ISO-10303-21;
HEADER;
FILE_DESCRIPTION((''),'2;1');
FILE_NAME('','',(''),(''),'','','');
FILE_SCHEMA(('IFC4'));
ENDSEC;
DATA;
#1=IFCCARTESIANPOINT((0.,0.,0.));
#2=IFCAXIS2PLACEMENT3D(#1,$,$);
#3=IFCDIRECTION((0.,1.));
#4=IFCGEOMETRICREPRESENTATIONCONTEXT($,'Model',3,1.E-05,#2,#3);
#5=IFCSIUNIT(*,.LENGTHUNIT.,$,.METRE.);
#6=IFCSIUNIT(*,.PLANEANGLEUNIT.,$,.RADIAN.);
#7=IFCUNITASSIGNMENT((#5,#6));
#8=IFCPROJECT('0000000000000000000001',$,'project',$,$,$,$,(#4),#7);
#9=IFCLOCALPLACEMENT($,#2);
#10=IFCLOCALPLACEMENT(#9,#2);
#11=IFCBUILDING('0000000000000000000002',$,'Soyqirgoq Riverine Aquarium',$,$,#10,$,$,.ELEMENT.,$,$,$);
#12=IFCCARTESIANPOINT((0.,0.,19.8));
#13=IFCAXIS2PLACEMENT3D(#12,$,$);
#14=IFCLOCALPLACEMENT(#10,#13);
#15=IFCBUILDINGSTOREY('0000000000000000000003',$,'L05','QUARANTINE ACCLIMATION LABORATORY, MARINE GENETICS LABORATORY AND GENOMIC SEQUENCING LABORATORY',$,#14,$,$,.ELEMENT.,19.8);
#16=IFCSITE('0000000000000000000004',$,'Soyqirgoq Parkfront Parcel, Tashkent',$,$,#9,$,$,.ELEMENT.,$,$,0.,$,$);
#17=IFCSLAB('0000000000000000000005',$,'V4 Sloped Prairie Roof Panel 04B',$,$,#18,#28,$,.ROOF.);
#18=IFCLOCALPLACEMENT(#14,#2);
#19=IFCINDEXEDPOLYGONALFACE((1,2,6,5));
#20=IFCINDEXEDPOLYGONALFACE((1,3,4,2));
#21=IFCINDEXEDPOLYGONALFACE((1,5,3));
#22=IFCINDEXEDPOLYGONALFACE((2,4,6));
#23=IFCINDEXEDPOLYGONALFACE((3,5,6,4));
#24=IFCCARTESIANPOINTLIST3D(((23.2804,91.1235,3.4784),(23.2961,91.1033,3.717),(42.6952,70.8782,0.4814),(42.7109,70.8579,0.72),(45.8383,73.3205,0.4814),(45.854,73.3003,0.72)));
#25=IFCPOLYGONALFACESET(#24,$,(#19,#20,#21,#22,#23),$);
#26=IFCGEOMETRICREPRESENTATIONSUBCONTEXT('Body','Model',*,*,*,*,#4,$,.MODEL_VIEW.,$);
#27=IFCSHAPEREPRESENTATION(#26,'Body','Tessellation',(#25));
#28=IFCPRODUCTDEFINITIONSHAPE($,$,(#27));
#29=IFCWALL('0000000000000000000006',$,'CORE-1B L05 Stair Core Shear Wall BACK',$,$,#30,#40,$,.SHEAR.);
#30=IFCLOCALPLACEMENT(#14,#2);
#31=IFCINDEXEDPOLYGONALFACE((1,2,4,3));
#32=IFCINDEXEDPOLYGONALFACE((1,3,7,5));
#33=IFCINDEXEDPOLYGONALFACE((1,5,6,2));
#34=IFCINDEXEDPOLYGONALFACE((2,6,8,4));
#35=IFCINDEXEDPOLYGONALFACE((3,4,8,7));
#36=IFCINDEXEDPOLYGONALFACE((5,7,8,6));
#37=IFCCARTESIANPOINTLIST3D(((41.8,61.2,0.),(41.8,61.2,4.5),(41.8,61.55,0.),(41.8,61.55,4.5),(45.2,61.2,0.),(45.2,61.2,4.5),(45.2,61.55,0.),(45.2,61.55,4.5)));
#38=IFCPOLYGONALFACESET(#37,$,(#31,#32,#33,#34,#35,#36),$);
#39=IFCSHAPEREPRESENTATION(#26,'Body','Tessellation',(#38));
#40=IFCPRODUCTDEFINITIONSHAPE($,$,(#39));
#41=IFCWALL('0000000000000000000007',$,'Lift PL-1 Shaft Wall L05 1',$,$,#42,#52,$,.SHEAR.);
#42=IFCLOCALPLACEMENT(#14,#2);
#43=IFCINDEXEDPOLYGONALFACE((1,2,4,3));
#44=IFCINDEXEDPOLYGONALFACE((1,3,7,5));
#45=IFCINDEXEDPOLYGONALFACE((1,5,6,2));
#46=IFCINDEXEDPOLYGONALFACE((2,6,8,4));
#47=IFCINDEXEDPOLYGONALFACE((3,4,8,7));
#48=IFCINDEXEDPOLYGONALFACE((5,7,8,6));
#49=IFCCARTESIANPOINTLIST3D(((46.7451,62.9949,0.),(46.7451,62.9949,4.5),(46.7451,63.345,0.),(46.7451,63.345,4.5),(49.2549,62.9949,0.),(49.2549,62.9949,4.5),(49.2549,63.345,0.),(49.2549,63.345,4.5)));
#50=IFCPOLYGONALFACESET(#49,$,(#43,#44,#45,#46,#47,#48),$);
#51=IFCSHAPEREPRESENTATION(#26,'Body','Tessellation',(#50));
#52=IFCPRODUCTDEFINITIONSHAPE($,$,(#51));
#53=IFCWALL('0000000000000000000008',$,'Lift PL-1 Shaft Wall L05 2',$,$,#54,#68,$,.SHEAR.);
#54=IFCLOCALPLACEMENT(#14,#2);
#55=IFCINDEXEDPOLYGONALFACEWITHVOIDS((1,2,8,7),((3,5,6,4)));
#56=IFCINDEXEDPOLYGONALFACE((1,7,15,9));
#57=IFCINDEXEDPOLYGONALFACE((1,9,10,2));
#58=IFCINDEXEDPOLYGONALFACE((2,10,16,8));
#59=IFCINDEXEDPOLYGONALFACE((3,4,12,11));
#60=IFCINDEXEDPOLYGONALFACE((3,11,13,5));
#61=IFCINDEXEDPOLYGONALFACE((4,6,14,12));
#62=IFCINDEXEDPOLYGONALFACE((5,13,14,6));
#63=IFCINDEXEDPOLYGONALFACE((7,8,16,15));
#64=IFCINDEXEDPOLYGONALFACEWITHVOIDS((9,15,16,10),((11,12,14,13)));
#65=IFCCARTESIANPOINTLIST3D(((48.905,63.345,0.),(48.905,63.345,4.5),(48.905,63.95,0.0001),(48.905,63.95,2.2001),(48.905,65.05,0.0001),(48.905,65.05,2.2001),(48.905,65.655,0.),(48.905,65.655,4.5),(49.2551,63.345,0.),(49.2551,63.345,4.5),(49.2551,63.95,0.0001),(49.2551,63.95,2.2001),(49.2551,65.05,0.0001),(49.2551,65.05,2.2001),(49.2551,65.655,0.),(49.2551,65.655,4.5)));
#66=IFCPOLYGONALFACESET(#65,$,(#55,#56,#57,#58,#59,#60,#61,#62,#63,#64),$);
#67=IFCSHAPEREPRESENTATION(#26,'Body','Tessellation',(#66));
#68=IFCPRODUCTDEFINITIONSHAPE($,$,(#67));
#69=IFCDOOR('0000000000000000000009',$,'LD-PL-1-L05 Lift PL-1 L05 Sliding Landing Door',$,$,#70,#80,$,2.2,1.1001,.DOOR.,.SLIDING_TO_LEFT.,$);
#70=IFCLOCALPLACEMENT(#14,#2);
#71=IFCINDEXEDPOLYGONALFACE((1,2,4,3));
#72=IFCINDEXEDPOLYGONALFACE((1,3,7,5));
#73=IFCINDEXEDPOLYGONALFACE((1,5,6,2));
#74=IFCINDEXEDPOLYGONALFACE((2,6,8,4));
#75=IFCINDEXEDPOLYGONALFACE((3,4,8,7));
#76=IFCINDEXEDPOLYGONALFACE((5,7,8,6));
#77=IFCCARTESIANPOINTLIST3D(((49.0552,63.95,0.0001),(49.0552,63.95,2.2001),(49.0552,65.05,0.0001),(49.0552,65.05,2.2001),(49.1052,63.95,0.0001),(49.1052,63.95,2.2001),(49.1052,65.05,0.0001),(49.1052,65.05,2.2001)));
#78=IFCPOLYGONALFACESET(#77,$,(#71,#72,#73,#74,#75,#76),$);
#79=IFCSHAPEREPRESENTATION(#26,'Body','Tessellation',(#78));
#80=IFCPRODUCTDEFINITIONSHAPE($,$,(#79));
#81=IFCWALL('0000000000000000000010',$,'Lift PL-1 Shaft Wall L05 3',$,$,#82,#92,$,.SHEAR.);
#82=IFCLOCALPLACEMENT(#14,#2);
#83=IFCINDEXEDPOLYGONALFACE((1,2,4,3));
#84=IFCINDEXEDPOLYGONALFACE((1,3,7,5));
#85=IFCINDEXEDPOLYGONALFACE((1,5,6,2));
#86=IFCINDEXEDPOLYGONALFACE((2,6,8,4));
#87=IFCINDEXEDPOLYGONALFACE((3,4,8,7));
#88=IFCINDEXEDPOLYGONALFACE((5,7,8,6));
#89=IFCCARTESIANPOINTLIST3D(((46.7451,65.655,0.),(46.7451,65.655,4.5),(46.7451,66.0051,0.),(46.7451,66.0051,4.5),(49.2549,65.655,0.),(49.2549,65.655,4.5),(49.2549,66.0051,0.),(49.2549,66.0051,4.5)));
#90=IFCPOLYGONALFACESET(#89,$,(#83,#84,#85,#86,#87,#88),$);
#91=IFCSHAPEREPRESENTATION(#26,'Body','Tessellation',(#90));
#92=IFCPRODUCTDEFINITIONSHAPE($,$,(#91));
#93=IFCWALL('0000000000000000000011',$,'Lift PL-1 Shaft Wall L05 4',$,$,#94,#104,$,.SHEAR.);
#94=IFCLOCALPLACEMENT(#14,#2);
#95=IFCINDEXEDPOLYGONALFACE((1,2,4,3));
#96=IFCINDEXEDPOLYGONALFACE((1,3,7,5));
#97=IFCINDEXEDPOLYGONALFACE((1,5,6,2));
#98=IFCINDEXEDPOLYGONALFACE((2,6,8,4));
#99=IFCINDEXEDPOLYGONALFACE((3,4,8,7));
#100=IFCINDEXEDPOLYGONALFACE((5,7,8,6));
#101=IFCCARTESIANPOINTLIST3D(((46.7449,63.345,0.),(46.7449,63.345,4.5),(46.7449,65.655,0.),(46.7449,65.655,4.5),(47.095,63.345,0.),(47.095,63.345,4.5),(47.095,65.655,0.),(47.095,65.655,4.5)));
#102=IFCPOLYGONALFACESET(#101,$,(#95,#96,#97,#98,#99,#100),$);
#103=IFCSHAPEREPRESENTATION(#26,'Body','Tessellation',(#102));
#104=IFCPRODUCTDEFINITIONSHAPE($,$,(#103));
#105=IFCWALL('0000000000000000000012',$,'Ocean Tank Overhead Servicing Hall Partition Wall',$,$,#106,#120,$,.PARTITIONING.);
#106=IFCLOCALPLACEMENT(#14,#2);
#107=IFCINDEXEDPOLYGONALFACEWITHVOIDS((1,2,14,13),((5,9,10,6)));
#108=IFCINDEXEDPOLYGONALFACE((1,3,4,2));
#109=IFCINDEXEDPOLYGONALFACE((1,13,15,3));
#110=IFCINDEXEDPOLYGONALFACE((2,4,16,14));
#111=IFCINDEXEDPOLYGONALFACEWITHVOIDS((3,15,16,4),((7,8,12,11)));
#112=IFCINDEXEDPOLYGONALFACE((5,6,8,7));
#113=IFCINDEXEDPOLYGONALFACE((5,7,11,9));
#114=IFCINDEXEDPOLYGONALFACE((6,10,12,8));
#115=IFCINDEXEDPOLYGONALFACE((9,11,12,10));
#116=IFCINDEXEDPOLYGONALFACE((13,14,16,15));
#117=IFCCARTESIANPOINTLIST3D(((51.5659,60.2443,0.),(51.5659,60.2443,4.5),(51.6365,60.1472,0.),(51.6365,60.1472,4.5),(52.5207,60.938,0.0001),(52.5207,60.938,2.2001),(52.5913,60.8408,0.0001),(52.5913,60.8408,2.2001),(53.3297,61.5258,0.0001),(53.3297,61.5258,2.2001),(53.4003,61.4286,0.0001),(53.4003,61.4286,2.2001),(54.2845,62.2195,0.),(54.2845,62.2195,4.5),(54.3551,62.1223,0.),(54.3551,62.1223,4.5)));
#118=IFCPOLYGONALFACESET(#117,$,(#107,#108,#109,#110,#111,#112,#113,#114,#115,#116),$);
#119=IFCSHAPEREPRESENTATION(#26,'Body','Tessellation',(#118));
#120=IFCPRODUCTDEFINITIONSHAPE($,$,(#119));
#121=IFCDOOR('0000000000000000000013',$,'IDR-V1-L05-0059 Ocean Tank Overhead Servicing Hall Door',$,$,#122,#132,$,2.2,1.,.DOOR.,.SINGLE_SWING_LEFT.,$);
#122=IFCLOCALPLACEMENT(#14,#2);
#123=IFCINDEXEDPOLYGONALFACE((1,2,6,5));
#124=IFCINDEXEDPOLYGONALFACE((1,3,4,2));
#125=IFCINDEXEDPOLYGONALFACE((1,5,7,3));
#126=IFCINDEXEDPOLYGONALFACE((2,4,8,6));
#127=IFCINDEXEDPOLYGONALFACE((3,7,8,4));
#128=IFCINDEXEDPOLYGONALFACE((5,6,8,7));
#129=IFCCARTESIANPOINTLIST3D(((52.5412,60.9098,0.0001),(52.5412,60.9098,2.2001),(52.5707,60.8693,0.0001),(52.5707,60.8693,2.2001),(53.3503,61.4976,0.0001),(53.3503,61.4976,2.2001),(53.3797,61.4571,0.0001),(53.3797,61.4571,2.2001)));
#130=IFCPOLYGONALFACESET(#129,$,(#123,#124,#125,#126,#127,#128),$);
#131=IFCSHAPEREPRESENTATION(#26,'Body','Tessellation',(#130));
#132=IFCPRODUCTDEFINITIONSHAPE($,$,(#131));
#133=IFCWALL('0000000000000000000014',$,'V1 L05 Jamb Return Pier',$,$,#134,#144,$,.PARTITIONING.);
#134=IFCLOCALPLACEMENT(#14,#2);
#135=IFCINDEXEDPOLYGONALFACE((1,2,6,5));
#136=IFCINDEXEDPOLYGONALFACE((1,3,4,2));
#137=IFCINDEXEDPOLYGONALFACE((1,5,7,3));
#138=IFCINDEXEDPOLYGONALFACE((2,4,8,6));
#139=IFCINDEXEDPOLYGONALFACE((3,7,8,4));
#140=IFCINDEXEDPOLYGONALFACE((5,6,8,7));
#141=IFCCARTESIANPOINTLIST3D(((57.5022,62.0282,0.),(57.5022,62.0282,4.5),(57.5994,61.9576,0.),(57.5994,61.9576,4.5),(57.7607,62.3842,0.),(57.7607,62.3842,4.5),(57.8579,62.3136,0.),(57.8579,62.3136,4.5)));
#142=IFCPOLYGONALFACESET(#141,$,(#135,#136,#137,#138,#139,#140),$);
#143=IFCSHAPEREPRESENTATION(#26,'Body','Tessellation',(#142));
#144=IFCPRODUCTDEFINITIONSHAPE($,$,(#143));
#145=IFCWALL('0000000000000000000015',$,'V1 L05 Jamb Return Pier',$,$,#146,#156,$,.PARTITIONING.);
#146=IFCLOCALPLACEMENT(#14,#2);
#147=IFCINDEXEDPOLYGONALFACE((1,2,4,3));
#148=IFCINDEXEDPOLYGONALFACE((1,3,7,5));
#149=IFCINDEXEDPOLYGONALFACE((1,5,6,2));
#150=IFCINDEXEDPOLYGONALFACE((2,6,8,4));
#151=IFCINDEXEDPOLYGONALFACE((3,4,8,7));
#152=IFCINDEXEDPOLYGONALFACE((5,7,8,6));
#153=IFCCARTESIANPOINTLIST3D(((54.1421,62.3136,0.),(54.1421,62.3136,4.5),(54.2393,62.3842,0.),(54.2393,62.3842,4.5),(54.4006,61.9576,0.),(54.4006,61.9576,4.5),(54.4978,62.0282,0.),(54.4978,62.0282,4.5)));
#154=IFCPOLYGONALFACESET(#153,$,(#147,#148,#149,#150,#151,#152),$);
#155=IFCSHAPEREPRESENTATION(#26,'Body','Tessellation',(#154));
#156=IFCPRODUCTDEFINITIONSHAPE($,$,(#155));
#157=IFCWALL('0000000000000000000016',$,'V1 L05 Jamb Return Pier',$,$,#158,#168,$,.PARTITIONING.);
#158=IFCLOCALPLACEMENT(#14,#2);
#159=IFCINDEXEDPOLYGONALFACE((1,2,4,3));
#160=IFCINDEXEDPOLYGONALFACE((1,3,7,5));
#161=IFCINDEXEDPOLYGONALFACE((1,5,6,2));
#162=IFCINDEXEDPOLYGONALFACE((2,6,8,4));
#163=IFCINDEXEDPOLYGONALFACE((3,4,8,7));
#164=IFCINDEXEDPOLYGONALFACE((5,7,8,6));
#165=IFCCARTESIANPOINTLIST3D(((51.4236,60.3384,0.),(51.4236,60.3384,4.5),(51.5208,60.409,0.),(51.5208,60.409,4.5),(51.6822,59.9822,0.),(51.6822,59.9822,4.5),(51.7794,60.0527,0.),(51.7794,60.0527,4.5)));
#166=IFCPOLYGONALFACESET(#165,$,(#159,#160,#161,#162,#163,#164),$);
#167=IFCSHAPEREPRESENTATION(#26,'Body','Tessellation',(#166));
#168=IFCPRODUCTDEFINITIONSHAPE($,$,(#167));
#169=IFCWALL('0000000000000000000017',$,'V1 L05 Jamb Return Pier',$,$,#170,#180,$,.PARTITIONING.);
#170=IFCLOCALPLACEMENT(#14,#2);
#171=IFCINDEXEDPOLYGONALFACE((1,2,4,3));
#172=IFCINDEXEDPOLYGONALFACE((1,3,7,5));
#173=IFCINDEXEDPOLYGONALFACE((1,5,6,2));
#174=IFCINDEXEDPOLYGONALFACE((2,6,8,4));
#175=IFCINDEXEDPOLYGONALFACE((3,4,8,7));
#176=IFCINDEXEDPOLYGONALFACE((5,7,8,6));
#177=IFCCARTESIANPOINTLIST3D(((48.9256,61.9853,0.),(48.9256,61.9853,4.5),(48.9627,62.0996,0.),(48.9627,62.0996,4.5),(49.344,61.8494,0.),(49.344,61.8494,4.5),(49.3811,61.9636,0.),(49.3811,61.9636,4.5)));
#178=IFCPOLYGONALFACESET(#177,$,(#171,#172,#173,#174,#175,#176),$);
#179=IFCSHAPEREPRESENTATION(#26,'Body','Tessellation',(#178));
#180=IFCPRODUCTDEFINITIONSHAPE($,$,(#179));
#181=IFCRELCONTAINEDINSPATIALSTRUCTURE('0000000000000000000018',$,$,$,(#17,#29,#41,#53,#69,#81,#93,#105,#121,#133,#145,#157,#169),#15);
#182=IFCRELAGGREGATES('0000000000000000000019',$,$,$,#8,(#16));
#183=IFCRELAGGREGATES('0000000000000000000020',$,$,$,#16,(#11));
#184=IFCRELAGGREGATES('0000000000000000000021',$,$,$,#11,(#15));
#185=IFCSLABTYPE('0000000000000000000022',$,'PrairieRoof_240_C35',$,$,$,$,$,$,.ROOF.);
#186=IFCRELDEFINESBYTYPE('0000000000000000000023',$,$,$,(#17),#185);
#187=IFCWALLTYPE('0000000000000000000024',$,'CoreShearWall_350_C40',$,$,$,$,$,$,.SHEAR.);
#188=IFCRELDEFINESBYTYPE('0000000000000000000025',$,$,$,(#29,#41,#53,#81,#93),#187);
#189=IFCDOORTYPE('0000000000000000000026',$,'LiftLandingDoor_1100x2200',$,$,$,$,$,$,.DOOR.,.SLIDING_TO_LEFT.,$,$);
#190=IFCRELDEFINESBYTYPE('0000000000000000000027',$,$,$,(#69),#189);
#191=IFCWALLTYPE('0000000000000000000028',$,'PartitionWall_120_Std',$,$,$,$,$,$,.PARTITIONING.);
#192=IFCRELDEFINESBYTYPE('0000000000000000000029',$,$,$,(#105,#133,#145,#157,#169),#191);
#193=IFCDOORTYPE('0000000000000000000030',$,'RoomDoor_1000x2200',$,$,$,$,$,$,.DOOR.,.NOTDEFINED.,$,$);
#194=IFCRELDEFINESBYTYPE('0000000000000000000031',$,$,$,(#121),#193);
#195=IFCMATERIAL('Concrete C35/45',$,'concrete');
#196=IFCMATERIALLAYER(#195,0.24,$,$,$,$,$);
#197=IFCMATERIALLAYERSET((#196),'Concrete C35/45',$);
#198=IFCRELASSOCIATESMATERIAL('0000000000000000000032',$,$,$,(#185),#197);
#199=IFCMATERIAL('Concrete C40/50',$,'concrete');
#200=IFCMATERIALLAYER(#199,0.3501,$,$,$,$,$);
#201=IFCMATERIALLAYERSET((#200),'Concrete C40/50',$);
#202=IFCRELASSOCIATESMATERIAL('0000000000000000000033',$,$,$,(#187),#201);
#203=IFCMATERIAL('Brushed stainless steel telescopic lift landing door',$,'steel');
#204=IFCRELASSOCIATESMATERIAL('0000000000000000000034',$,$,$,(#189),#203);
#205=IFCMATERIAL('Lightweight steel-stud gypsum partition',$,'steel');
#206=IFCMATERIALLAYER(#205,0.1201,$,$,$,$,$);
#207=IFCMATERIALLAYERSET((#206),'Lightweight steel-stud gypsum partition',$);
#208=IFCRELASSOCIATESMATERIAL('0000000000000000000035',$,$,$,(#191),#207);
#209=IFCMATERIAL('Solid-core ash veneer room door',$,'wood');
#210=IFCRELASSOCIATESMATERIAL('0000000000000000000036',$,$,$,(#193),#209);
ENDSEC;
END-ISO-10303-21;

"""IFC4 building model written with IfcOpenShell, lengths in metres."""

from ifc_helpers import new_model, si_unit, direction, frame, frame_2d, origin, place, context, subcontext, project, spatial, polyline, rectangle, outline, extrude, material, layer, layer_set, type_object, element, fill, save


model = new_model("IFC4")

# Units and contexts
model_context = context("Model", 3, precision=1e-05, world=origin(), true_north=direction((0.0, 1.0)))
body_context = subcontext(model_context, "Body", "Model", "MODEL_VIEW")
ifc_project = project(units=[si_unit("LENGTHUNIT", "METRE"), si_unit("PLANEANGLEUNIT", "RADIAN")], contexts=[model_context])

# Site, building, storey
site_placement = place(None, origin())
site = spatial("IfcSite", under=ifc_project, at=site_placement, Name="Soyqirgoq Parkfront Parcel, Tashkent", CompositionType="ELEMENT", RefElevation=0.0)
building_placement = place(site_placement, origin())
building = spatial("IfcBuilding", under=site, at=building_placement, Name="Soyqirgoq Riverine Aquarium", CompositionType="ELEMENT")
storey_placement = place(building_placement, frame((0.0, 0.0, 19.8)))
storey = spatial("IfcBuildingStorey", under=building, at=storey_placement, Name="L05", Description="QUARANTINE ACCLIMATION LABORATORY, MARINE GENETICS LABORATORY AND GENOMIC SEQUENCING LABORATORY", CompositionType="ELEMENT", Elevation=19.8)

# Slab
ifc_material_1 = material(Name="Concrete C35/45", Category="concrete")
ifc_layer_1 = layer(ifc_material_1, 0.24)
ifc_layer_set_1 = layer_set([ifc_layer_1], Name="Concrete C35/45")
slab_type = type_object("IfcSlabType", Name="PrairieRoof_240_C35", PredefinedType="ROOF", material=ifc_layer_set_1)
slab_1_placement = place(storey_placement, frame((45.854, 73.3003, 0.72), z_axis=(0.065539, -0.084341, 0.994279), x_axis=(-0.780747, 0.616177, 0.103731)))
element("IfcSlab", 1, at=slab_1_placement, inside=storey, type_object=slab_type, Name="V4 Sloped Prairie Roof Panel 04B", PredefinedType="ROOF", context=body_context, shape_type="SweptSolid", body=[
    extrude(outline(polyline([(0.0, 0.0), (28.8927, 0.0), (0.949, 3.8657), (0.0, 0.0)])), origin(), (0.0, 0.0, -1.0), 0.24),
])

# Walls
ifc_material_2 = material(Name="Concrete C40/50", Category="concrete")
ifc_layer_2 = layer(ifc_material_2, 0.3501)
ifc_layer_set_2 = layer_set([ifc_layer_2], Name="Concrete C40/50")
wall_type_1 = type_object("IfcWallType", Name="CoreShearWall_350_C40", PredefinedType="SHEAR", material=ifc_layer_set_2)
wall_1_placement = place(storey_placement, frame((45.2, 61.375, 0.0), z_axis=(0.0, 0.0, 1.0), x_axis=(-1.0, 0.0, 0.0)))
element("IfcWall", 2, at=wall_1_placement, inside=storey, type_object=wall_type_1, Name="CORE-1B L05 Stair Core Shear Wall BACK", PredefinedType="SHEAR", context=body_context, shape_type="SweptSolid", body=[
    extrude(rectangle(XDim=3.3999, YDim=0.3501, at=frame_2d((1.7, 0.0))), origin(), (0.0, 0.0, 1.0), 4.5),
])
wall_2_placement = place(storey_placement, frame((46.7451, 63.1699, 0.0), z_axis=(0.0, 0.0, 1.0), x_axis=(1.0, 0.0, 0.0)))
element("IfcWall", 3, at=wall_2_placement, inside=storey, type_object=wall_type_1, Name="Lift PL-1 Shaft Wall L05 1", PredefinedType="SHEAR", context=body_context, shape_type="SweptSolid", body=[
    extrude(rectangle(XDim=2.5098, YDim=0.3501, at=frame_2d((1.2549, 0.0))), origin(), (0.0, 0.0, 1.0), 4.5),
])

# Wall, opening, door
wall_3_placement = place(storey_placement, frame((49.0801, 63.345, 0.0), z_axis=(0.0, 0.0, 1.0), x_axis=(0.0, 1.0, 0.0)))
wall_3 = element("IfcWall", 4, at=wall_3_placement, inside=storey, type_object=wall_type_1, Name="Lift PL-1 Shaft Wall L05 2", PredefinedType="SHEAR", context=body_context, shape_type="SweptSolid", body=[
    extrude(rectangle(XDim=2.3101, YDim=0.3501, at=frame_2d((1.155, 0.0))), origin(), (0.0, 0.0, 1.0), 4.5),
])
opening_1_placement = place(wall_3_placement, frame((0.605, 0.0, 0.0)))
opening_1 = element("IfcOpeningElement", 5, at=opening_1_placement, cuts=wall_3, PredefinedType="OPENING", context=body_context, shape_type="SweptSolid", body=[
    extrude(rectangle(XDim=1.1001, YDim=2.2, at=frame_2d((0.55, 1.1001))), frame((0.0, 0.1851, 0.0), z_axis=(0.0, -1.0, 0.0), x_axis=(1.0, 0.0, 0.0)), (0.0, 0.0, 1.0), 0.3701),
])
ifc_material_3 = material(Name="Brushed stainless steel telescopic lift landing door", Category="steel")
door_type_1 = type_object("IfcDoorType", Name="LiftLandingDoor_1100x2200", OperationType="SLIDING_TO_LEFT", PredefinedType="DOOR", material=ifc_material_3)
door_1_placement = place(opening_1_placement, origin())
door_1 = element("IfcDoor", 6, at=door_1_placement, inside=storey, type_object=door_type_1, Name="LD-PL-1-L05 Lift PL-1 L05 Sliding Landing Door", OperationType="SLIDING_TO_LEFT", OverallHeight=2.2, OverallWidth=1.1001, PredefinedType="DOOR", context=body_context, shape_type="SweptSolid", body=[
    extrude(rectangle(XDim=1.1001, YDim=2.2, at=frame_2d((0.55, 1.1001))), frame((0.0, 0.0249, 0.0), z_axis=(0.0, -1.0, 0.0), x_axis=(1.0, 0.0, 0.0)), (0.0, 0.0, 1.0), 0.05),
])
fill(opening_1, door_1)

# Walls
wall_4_placement = place(storey_placement, frame((49.2549, 65.8301, 0.0), z_axis=(0.0, 0.0, 1.0), x_axis=(-1.0, 0.0, 0.0)))
element("IfcWall", 7, at=wall_4_placement, inside=storey, type_object=wall_type_1, Name="Lift PL-1 Shaft Wall L05 3", PredefinedType="SHEAR", context=body_context, shape_type="SweptSolid", body=[
    extrude(rectangle(XDim=2.5098, YDim=0.3501, at=frame_2d((1.2549, 0.0))), origin(), (0.0, 0.0, 1.0), 4.5),
])
wall_5_placement = place(storey_placement, frame((46.9199, 65.655, 0.0), z_axis=(0.0, 0.0, 1.0), x_axis=(0.0, -1.0, 0.0)))
element("IfcWall", 8, at=wall_5_placement, inside=storey, type_object=wall_type_1, Name="Lift PL-1 Shaft Wall L05 4", PredefinedType="SHEAR", context=body_context, shape_type="SweptSolid", body=[
    extrude(rectangle(XDim=2.3101, YDim=0.3501, at=frame_2d((1.155, 0.0))), origin(), (0.0, 0.0, 1.0), 4.5),
])

# Wall, opening, door
ifc_material_4 = material(Name="Lightweight steel-stud gypsum partition", Category="steel")
ifc_layer_3 = layer(ifc_material_4, 0.1201)
ifc_layer_set_3 = layer_set([ifc_layer_3], Name="Lightweight steel-stud gypsum partition")
wall_type_2 = type_object("IfcWallType", Name="PartitionWall_120_Std", PredefinedType="PARTITIONING", material=ifc_layer_set_3)
wall_6_placement = place(storey_placement, frame((54.3198, 62.1709, 0.0), z_axis=(0.0, 0.0, 1.0), x_axis=(-0.809019, -0.587783, 0.0)))
wall_6 = element("IfcWall", 9, at=wall_6_placement, inside=storey, type_object=wall_type_2, Name="Ocean Tank Overhead Servicing Hall Partition Wall", PredefinedType="PARTITIONING", context=body_context, shape_type="SweptSolid", body=[
    extrude(rectangle(XDim=3.3604, YDim=0.1201, at=frame_2d((1.6802, 0.0))), origin(), (0.0, 0.0, 1.0), 4.5),
])
opening_2_placement = place(wall_6_placement, frame((1.1802, 0.0, 0.0)))
opening_2 = element("IfcOpeningElement", 10, at=opening_2_placement, cuts=wall_6, PredefinedType="OPENING", context=body_context, shape_type="SweptSolid", body=[
    extrude(rectangle(XDim=1.0, YDim=2.2, at=frame_2d((0.5, 1.1001))), frame((0.0, 0.0701, 0.0), z_axis=(0.0, -1.0, 0.0), x_axis=(1.0, 0.0, 0.0)), (0.0, 0.0, 1.0), 0.1401),
])
ifc_material_5 = material(Name="Solid-core ash veneer room door", Category="wood")
door_type_2 = type_object("IfcDoorType", Name="RoomDoor_1000x2200", OperationType="NOTDEFINED", PredefinedType="DOOR", material=ifc_material_5)
door_2_placement = place(opening_2_placement, origin())
door_2 = element("IfcDoor", 11, at=door_2_placement, inside=storey, type_object=door_type_2, Name="IDR-V1-L05-0059 Ocean Tank Overhead Servicing Hall Door", OperationType="SINGLE_SWING_LEFT", OverallHeight=2.2, OverallWidth=1.0, PredefinedType="DOOR", context=body_context, shape_type="SweptSolid", body=[
    extrude(rectangle(XDim=1.0, YDim=2.2, at=frame_2d((0.5, 1.1001))), frame((0.0, 0.0249, 0.0), z_axis=(0.0, -1.0, 0.0), x_axis=(1.0, 0.0, 0.0)), (0.0, 0.0, 1.0), 0.05),
])
fill(opening_2, door_2)

# Walls
for number, where, z_axis, x_axis, name in (
    (12, (57.8093, 62.3489, 0.0), (0.0, 0.0, 1.0), (-0.587677, -0.809096, 0.0), "V1 L05 Jamb Return Pier"),
    (13, (54.1907, 62.3489, 0.0), (0.0, 0.0, 1.0), (0.587677, -0.809096, 0.0), "V1 L05 Jamb Return Pier"),
):
    element("IfcWall", number, at=place(storey_placement, frame(where, z_axis=z_axis, x_axis=x_axis)), inside=storey, type_object=wall_type_2, Name=name, PredefinedType="PARTITIONING", context=body_context, shape_type="SweptSolid", body=[
        extrude(rectangle(XDim=0.4399, YDim=0.1201, at=frame_2d((0.22, 0.0))), origin(), (0.0, 0.0, 1.0), 4.5),
    ])
wall_7_placement = place(storey_placement, frame((51.4722, 60.3738, 0.0), z_axis=(0.0, 0.0, 1.0), x_axis=(0.587413, -0.809287, 0.0)))
element("IfcWall", 14, at=wall_7_placement, inside=storey, type_object=wall_type_2, Name="V1 L05 Jamb Return Pier", PredefinedType="PARTITIONING", context=body_context, shape_type="SweptSolid", body=[
    extrude(rectangle(XDim=0.4402, YDim=0.1201, at=frame_2d((0.2202, 0.0))), origin(), (0.0, 0.0, 1.0), 4.5),
])
for number, where, z_axis, x_axis, name in (
    (15, (49.3625, 61.9065, 0.0), (0.0, 0.0, 1.0), (-0.951042, 0.309061, 0.0), "V1 L05 Jamb Return Pier"),
):
    element("IfcWall", number, at=place(storey_placement, frame(where, z_axis=z_axis, x_axis=x_axis)), inside=storey, type_object=wall_type_2, Name=name, PredefinedType="PARTITIONING", context=body_context, shape_type="SweptSolid", body=[
        extrude(rectangle(XDim=0.4399, YDim=0.1201, at=frame_2d((0.22, 0.0))), origin(), (0.0, 0.0, 1.0), 4.5),
    ])

save(model, "model.ifc")
